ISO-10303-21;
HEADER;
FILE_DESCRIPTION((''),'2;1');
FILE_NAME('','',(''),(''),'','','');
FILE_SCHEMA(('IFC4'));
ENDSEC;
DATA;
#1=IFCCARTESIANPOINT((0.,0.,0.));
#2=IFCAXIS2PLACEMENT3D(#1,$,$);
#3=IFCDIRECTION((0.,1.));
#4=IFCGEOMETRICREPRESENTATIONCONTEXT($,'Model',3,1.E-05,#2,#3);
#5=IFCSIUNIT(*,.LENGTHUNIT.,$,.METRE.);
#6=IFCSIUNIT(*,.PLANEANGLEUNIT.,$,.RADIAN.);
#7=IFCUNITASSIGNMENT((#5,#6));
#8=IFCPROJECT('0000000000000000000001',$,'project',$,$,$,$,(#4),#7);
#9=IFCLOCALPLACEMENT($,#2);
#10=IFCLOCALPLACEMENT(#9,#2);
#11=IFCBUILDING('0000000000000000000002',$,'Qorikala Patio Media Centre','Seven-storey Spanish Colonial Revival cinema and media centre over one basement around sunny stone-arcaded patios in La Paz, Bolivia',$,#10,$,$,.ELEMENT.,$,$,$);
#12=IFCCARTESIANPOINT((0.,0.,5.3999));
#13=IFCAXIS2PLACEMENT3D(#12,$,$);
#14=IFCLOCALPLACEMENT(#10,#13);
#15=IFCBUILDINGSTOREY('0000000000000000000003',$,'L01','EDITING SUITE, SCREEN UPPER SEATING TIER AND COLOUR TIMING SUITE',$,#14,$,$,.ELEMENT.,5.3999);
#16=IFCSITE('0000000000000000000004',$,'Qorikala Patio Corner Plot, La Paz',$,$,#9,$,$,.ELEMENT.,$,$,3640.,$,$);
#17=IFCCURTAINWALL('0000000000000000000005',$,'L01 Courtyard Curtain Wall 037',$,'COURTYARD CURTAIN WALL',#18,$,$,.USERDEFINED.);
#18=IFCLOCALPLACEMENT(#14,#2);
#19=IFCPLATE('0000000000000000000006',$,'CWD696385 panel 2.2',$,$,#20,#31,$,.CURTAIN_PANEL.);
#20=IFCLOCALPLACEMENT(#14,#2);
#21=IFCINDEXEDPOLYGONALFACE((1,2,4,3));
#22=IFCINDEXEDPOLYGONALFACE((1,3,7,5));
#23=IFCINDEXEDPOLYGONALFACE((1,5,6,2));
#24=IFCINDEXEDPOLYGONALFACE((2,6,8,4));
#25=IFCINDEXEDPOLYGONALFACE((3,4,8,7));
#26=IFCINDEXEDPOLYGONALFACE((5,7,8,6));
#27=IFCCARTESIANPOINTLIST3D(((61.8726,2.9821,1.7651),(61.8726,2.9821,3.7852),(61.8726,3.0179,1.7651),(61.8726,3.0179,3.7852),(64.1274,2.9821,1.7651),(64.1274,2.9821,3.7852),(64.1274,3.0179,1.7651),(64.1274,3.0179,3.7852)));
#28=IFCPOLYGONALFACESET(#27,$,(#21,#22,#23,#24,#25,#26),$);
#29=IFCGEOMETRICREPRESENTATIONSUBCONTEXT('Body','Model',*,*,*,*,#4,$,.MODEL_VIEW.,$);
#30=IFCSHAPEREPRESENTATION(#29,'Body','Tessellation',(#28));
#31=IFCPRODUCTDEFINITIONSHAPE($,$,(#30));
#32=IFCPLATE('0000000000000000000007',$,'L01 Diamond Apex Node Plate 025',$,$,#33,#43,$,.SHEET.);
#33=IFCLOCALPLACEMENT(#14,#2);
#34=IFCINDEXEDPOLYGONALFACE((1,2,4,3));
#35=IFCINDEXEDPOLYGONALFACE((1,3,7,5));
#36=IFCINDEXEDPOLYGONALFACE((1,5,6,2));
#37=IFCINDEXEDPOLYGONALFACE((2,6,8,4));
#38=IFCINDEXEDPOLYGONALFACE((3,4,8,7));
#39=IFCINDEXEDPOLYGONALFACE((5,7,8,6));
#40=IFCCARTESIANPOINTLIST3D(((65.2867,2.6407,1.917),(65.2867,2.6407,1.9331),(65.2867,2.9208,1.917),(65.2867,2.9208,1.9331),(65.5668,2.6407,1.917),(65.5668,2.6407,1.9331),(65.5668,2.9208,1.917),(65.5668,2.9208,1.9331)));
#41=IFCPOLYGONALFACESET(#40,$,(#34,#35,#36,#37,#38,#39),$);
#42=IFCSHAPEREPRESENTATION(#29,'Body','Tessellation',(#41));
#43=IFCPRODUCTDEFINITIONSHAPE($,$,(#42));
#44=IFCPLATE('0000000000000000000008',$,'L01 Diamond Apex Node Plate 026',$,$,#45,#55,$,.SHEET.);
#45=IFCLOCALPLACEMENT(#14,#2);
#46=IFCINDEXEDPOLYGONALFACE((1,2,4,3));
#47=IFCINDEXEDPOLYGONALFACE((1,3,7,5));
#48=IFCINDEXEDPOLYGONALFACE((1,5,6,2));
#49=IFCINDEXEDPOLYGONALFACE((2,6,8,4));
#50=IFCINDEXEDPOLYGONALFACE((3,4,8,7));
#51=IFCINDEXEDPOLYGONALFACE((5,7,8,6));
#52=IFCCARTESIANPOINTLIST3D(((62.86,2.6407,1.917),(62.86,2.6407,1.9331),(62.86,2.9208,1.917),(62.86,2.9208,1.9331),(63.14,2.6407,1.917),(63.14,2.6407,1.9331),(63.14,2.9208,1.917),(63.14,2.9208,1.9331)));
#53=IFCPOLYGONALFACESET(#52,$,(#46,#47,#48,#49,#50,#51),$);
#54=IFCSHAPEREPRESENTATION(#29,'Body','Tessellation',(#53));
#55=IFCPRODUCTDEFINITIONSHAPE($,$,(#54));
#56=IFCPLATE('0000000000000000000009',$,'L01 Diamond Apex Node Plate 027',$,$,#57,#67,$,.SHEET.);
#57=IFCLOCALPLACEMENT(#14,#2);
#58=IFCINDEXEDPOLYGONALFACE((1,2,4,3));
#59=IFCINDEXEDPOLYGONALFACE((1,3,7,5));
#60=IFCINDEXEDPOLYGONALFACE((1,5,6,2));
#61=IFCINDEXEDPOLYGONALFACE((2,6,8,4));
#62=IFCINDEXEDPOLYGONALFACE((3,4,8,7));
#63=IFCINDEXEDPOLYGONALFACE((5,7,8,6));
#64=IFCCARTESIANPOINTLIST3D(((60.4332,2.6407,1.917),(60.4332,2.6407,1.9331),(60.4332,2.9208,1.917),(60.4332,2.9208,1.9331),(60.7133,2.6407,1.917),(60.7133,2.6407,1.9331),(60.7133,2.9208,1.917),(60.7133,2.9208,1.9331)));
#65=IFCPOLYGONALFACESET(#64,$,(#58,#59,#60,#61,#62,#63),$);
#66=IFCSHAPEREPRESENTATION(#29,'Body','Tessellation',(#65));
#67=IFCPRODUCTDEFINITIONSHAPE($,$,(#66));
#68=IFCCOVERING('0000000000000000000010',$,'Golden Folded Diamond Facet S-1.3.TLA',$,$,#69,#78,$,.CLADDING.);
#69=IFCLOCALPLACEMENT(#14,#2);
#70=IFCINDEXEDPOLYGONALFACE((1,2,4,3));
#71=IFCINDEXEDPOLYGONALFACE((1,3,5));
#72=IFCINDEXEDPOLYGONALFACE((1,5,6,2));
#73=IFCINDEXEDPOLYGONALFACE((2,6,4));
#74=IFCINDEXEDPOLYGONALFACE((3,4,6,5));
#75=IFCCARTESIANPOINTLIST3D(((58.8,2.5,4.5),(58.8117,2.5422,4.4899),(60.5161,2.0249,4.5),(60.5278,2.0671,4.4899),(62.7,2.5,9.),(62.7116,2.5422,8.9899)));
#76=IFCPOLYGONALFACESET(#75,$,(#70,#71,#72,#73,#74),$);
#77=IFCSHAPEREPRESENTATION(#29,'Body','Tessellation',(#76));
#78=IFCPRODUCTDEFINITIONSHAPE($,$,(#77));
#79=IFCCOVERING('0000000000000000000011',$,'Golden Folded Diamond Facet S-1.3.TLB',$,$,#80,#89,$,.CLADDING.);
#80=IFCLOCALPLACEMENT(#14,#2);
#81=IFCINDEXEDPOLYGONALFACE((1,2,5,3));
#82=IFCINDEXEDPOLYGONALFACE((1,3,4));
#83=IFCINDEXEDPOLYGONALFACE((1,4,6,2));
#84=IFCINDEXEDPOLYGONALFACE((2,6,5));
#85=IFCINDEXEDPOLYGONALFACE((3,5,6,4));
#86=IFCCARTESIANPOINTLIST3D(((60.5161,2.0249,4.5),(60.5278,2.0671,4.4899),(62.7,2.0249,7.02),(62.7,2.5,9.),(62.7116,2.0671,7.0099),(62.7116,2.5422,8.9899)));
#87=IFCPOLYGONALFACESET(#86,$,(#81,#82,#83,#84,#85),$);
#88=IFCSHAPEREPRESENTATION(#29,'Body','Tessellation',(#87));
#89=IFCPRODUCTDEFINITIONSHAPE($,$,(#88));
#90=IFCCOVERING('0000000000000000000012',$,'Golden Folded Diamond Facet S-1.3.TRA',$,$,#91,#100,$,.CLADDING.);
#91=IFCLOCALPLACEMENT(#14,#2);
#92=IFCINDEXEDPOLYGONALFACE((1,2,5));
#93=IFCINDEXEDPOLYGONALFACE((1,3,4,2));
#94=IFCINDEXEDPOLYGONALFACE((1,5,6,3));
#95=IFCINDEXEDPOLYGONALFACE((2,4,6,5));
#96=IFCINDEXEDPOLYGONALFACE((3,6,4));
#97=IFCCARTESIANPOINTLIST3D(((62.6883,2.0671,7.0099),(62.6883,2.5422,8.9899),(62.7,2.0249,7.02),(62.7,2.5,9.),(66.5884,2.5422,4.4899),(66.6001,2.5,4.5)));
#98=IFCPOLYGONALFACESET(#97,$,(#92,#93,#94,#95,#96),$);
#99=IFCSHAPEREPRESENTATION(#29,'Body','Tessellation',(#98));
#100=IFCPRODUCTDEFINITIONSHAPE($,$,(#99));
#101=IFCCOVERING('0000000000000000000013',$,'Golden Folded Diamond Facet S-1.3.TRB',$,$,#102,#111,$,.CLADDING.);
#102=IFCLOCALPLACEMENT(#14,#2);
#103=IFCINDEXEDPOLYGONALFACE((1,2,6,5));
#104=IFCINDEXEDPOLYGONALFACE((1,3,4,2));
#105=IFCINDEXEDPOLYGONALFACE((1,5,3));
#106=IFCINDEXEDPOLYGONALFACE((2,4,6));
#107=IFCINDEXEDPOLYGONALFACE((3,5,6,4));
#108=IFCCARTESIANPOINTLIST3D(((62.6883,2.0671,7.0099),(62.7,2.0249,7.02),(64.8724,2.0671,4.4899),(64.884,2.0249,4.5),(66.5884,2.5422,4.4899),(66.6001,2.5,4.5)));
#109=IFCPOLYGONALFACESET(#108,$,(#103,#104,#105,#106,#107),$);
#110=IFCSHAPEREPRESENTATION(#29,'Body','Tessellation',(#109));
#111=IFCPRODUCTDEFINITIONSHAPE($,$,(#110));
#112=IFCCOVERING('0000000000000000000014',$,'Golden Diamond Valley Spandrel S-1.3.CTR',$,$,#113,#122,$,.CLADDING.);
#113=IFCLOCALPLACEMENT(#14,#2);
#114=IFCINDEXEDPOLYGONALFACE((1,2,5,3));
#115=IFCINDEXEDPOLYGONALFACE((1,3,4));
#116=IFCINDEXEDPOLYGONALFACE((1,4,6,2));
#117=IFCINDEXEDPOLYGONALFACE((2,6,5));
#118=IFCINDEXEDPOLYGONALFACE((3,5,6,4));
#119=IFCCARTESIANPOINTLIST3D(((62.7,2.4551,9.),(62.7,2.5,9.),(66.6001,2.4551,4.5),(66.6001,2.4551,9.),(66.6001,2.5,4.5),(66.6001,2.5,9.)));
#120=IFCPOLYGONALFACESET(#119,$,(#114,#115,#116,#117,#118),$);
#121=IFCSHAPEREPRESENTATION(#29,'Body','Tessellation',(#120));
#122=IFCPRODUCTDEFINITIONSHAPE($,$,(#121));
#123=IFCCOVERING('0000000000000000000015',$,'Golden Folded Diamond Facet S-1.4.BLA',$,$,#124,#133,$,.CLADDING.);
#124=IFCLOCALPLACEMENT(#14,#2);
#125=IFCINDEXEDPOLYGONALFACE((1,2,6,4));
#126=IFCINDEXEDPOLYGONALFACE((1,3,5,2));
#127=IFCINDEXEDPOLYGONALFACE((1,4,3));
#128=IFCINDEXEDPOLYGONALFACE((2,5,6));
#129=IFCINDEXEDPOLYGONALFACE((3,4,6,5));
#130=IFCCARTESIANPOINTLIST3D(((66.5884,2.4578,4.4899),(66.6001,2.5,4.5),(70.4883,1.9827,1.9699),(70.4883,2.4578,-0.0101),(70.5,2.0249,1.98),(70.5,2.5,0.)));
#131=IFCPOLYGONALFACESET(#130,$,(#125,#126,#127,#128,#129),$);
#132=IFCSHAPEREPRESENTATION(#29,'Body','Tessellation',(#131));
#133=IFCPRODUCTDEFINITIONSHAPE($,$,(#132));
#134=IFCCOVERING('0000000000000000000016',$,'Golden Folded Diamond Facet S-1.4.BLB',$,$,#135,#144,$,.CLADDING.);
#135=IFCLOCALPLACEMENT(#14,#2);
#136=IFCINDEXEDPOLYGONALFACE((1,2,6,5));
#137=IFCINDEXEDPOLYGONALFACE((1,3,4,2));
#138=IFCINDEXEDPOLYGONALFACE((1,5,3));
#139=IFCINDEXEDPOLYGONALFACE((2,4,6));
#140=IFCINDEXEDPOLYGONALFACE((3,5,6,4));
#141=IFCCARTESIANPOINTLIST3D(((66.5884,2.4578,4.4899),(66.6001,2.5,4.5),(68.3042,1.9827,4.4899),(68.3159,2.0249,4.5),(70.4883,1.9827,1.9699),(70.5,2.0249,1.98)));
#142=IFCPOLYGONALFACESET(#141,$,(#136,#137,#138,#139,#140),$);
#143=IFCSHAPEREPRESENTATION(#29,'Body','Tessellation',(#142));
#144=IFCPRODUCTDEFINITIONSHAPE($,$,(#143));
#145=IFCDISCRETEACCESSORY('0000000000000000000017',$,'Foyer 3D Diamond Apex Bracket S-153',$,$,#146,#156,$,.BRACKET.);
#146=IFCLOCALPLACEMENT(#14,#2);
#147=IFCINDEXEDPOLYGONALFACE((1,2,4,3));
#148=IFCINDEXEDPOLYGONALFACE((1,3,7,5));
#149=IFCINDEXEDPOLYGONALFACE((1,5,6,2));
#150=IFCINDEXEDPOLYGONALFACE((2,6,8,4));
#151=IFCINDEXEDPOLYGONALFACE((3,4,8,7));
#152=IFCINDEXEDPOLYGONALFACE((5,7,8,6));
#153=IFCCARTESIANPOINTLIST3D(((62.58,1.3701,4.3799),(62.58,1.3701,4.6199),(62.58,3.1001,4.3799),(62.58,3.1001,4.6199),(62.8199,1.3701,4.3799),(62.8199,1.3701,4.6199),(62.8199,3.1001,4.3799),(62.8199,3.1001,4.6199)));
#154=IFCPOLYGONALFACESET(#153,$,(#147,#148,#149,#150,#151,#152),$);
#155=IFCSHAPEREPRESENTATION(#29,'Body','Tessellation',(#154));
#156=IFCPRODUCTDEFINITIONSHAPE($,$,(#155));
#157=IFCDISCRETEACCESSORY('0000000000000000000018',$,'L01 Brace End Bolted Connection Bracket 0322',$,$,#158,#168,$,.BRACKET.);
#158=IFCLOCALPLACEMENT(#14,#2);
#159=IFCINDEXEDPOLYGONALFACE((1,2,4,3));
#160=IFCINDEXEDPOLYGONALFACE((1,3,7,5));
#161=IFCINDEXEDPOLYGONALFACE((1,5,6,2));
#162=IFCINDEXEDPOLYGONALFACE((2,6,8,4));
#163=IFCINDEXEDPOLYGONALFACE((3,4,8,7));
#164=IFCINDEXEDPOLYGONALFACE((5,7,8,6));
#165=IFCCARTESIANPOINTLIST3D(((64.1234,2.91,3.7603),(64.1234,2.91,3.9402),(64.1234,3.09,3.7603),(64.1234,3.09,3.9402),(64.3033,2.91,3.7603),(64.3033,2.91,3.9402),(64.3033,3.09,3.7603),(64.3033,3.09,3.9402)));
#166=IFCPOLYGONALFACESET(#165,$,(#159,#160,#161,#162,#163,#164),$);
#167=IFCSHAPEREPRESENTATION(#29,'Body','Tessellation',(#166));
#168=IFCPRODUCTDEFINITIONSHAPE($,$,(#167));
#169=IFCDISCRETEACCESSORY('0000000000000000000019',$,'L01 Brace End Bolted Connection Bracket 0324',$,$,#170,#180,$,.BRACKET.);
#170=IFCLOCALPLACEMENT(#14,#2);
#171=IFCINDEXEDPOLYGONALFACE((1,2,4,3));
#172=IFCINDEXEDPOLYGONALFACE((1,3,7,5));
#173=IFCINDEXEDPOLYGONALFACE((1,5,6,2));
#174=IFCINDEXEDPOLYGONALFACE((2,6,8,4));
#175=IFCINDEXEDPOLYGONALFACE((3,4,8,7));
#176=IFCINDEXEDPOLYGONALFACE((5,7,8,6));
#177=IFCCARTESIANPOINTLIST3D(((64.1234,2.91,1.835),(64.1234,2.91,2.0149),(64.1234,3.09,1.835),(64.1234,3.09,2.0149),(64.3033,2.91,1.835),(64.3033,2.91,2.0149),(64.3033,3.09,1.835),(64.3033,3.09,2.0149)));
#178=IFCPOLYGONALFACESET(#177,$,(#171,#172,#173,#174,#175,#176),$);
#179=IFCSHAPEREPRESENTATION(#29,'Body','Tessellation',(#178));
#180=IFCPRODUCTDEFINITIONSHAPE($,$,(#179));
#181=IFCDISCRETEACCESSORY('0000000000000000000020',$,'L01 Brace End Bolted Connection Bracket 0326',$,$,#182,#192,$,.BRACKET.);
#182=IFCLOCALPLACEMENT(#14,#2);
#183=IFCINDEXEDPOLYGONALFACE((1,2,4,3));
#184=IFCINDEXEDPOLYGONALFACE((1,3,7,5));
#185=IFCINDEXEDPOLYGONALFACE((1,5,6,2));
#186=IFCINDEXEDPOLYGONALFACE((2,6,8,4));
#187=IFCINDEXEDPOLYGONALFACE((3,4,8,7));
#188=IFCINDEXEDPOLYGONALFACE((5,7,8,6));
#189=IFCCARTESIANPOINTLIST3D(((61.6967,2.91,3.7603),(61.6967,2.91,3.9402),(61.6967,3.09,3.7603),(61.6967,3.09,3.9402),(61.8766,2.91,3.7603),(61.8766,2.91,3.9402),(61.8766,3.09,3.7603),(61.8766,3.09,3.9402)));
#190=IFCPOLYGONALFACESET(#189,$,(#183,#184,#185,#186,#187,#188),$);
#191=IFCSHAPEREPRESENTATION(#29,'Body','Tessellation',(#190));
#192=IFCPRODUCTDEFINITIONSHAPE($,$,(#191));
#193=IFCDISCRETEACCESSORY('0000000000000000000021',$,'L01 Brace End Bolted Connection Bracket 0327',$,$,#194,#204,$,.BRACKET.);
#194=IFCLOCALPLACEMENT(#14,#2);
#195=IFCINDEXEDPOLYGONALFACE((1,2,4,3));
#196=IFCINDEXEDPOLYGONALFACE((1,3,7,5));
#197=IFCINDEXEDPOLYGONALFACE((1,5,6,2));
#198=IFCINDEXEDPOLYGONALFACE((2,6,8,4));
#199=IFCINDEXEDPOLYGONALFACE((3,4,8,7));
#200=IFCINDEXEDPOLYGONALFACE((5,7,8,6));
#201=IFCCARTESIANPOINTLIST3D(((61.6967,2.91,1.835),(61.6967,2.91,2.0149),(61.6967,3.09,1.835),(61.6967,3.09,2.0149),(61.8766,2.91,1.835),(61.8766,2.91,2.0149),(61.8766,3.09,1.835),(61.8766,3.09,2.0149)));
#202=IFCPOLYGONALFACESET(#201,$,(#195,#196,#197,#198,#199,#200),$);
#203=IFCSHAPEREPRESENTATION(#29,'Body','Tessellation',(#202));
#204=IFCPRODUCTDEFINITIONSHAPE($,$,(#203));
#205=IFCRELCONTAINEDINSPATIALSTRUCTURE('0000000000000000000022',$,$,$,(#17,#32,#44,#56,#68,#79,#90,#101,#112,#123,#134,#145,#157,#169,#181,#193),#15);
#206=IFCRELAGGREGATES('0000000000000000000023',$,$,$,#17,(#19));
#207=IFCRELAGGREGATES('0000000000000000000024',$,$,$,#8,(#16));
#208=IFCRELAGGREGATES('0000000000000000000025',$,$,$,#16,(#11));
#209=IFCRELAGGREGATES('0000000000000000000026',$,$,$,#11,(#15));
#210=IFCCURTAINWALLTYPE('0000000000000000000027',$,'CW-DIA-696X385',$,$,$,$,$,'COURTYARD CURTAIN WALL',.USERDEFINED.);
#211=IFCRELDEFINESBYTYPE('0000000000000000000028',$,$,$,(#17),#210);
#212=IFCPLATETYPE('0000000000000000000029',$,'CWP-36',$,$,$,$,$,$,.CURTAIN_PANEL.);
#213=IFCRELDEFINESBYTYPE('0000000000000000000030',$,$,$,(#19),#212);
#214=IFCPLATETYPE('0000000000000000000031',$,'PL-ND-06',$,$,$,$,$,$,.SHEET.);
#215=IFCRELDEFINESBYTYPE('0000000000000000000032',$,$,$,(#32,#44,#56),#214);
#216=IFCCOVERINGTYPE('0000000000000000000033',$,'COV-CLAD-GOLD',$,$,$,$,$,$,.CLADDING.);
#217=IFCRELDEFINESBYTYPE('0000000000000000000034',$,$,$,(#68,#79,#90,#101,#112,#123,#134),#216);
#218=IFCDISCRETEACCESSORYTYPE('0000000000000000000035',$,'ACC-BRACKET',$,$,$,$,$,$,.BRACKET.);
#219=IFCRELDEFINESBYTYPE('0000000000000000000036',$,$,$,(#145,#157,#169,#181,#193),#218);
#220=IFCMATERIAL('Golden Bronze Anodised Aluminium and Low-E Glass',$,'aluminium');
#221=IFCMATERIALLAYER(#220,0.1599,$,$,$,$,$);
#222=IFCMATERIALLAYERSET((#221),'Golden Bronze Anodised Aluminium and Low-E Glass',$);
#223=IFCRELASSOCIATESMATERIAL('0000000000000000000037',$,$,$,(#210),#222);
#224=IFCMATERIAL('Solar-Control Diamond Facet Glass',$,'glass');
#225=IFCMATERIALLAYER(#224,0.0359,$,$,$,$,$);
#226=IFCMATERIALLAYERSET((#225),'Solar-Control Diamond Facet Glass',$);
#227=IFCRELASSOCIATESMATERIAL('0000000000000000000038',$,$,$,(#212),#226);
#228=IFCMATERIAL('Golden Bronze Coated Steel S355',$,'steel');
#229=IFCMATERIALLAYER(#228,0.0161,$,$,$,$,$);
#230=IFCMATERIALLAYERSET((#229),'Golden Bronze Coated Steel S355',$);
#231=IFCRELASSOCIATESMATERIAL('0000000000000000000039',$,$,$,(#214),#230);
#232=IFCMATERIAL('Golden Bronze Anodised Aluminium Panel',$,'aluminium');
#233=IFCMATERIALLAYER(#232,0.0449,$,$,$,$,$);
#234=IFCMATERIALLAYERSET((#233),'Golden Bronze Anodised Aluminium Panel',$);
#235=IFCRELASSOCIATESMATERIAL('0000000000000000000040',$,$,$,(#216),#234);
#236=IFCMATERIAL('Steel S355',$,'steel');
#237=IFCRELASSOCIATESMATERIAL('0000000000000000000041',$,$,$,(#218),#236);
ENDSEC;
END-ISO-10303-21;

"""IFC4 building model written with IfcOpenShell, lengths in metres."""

from ifc_helpers import new_model, si_unit, direction, frame, origin, origin_2d, place, context, subcontext, project, spatial, polyline, rectangle, outline, extrude, material, layer, layer_set, type_object, element, aggregate, save


model = new_model("IFC4")

# Units and contexts
model_context = context("Model", 3, precision=1e-05, world=origin(), true_north=direction((0.0, 1.0)))
body_context = subcontext(model_context, "Body", "Model", "MODEL_VIEW")
ifc_project = project(units=[si_unit("LENGTHUNIT", "METRE"), si_unit("PLANEANGLEUNIT", "RADIAN")], contexts=[model_context])

# Site, building, storey
site_placement = place(None, origin())
site = spatial("IfcSite", under=ifc_project, at=site_placement, Name="Qorikala Patio Corner Plot, La Paz", CompositionType="ELEMENT", RefElevation=3640.0)
building_placement = place(site_placement, origin())
building = spatial("IfcBuilding", under=site, at=building_placement, Name="Qorikala Patio Media Centre", Description="Seven-storey Spanish Colonial Revival cinema and media centre over one basement around sunny stone-arcaded patios in La Paz, Bolivia", CompositionType="ELEMENT")
storey_placement = place(building_placement, frame((0.0, 0.0, 5.3999)))
storey = spatial("IfcBuildingStorey", under=building, at=storey_placement, Name="L01", Description="EDITING SUITE, SCREEN UPPER SEATING TIER AND COLOUR TIMING SUITE", CompositionType="ELEMENT", Elevation=5.3999)

# Shared definitions
ifc_material_1 = material(Name="Golden Bronze Coated Steel S355", Category="steel")

# Curtain wall
ifc_material_2 = material(Name="Golden Bronze Anodised Aluminium and Low-E Glass", Category="aluminium")
ifc_layer_1 = layer(ifc_material_2, 0.1599)
ifc_layer_set_1 = layer_set([ifc_layer_1], Name="Golden Bronze Anodised Aluminium and Low-E Glass")
curtain_wall_type = type_object("IfcCurtainWallType", Name="CW-DIA-696X385", ElementType="COURTYARD CURTAIN WALL", PredefinedType="USERDEFINED", material=ifc_layer_set_1)
curtain_wall_placement = place(storey_placement, origin())
curtain_wall = element("IfcCurtainWall", 1, at=curtain_wall_placement, inside=storey, type_object=curtain_wall_type, Name="L01 Courtyard Curtain Wall 037", ObjectType="COURTYARD CURTAIN WALL", PredefinedType="USERDEFINED")

# Plate
ifc_material_3 = material(Name="Solar-Control Diamond Facet Glass", Category="glass")
ifc_layer_2 = layer(ifc_material_3, 0.0359)
ifc_layer_set_2 = layer_set([ifc_layer_2], Name="Solar-Control Diamond Facet Glass")
plate_type_1 = type_object("IfcPlateType", Name="CWP-36", PredefinedType="CURTAIN_PANEL", material=ifc_layer_set_2)
plate_1_placement = place(storey_placement, frame((63.0, 3.0, 1.7651), z_axis=(0.0, 0.0, 1.0), x_axis=(-1.0, 0.0, 0.0)))
plate_1 = element("IfcPlate", 2, at=plate_1_placement, type_object=plate_type_1, Name="CWD696385 panel 2.2", PredefinedType="CURTAIN_PANEL", context=body_context, shape_type="SweptSolid", body=[
    extrude(rectangle(XDim=2.2549, YDim=0.0359, at=origin_2d()), origin(), (0.0, 0.0, 1.0), 2.02),
])
aggregate(curtain_wall, [plate_1])

# Plates
ifc_layer_3 = layer(ifc_material_1, 0.0161)
ifc_layer_set_3 = layer_set([ifc_layer_3], Name="Golden Bronze Coated Steel S355")
plate_type_2 = type_object("IfcPlateType", Name="PL-ND-06", PredefinedType="SHEET", material=ifc_layer_set_3)
for number, where, z_axis, x_axis, name in (
    (3, (65.4268, 2.7808, 1.917), (0.0, 0.0, 1.0), (-1.0, 0.0, 0.0), "L01 Diamond Apex Node Plate 025"),
    (4, (63.0, 2.7808, 1.917), (0.0, 0.0, 1.0), (-1.0, 0.0, 0.0), "L01 Diamond Apex Node Plate 026"),
    (5, (60.5732, 2.7808, 1.917), (0.0, 0.0, 1.0), (-1.0, 0.0, 0.0), "L01 Diamond Apex Node Plate 027"),
):
    element("IfcPlate", number, at=place(storey_placement, frame(where, z_axis=z_axis, x_axis=x_axis)), inside=storey, type_object=plate_type_2, Name=name, PredefinedType="SHEET", context=body_context, shape_type="SweptSolid", body=[
        extrude(rectangle(XDim=0.28, YDim=0.28, at=origin_2d()), origin(), (0.0, 0.0, 1.0), 0.0161),
    ])

# Coverings
ifc_material_4 = material(Name="Golden Bronze Anodised Aluminium Panel", Category="aluminium")
ifc_layer_4 = layer(ifc_material_4, 0.0449)
ifc_layer_set_4 = layer_set([ifc_layer_4], Name="Golden Bronze Anodised Aluminium Panel")
covering_type = type_object("IfcCoveringType", Name="COV-CLAD-GOLD", PredefinedType="CLADDING", material=ifc_layer_set_4)
covering_1_placement = place(storey_placement, frame((62.7, 2.5, 9.0), z_axis=(-0.259957, -0.938971, 0.22529), x_axis=(-0.654921, 0.0, -0.755697)))
element("IfcCovering", 6, at=covering_1_placement, inside=storey, type_object=covering_type, Name="Golden Folded Diamond Facet S-1.3.TLA", PredefinedType="CLADDING", context=body_context, shape_type="SweptSolid", body=[
    extrude(outline(polyline([(0.0, 0.0), (5.9548, 0.0), (4.8309, 1.3811), (0.0, 0.0)])), origin(), (0.0, 0.0, -1.0), 0.0449),
])
covering_2_placement = place(storey_placement, frame((62.7, 2.5, 9.0), z_axis=(-0.259987, -0.938959, 0.225304), x_axis=(-0.434644, -0.094558, -0.895625)))
element("IfcCovering", 7, at=covering_2_placement, inside=storey, type_object=covering_type, Name="Golden Folded Diamond Facet S-1.3.TLB", PredefinedType="CLADDING", context=body_context, shape_type="SweptSolid", body=[
    extrude(outline(polyline([(0.0, 0.0), (5.0244, 0.0), (1.8182, 0.9165), (0.0, 0.0)])), origin(), (0.0, 0.0, -1.0), 0.0449),
])
covering_3_placement = place(storey_placement, frame((66.6001, 2.5, 4.5), z_axis=(0.259958, -0.938967, 0.225306), x_axis=(-0.654945, 0.0, 0.755677)))
element("IfcCovering", 8, at=covering_3_placement, inside=storey, type_object=covering_type, Name="Golden Folded Diamond Facet S-1.3.TRA", PredefinedType="CLADDING", context=body_context, shape_type="SweptSolid", body=[
    extrude(outline(polyline([(0.0, 0.0), (5.9549, 0.0), (4.4587, 1.3811), (0.0, 0.0)])), origin(), (0.0, 0.0, -1.0), 0.0449),
])
covering_4_placement = place(storey_placement, frame((66.6001, 2.5, 4.5), z_axis=(0.259956, -0.938968, 0.225302), x_axis=(-0.835562, -0.101784, 0.539885)))
element("IfcCovering", 9, at=covering_4_placement, inside=storey, type_object=covering_type, Name="Golden Folded Diamond Facet S-1.3.TRB", PredefinedType="CLADDING", context=body_context, shape_type="SweptSolid", body=[
    extrude(outline(polyline([(0.0, 0.0), (4.6677, 0.0), (1.4822, 0.9867), (0.0, 0.0)])), origin(), (0.0, 0.0, -1.0), 0.0449),
])
covering_5_placement = place(storey_placement, frame((66.6001, 2.5, 9.0), z_axis=(0.0, 1.0, 0.0), x_axis=(0.0, 0.0, -1.0)))
element("IfcCovering", 10, at=covering_5_placement, inside=storey, type_object=covering_type, Name="Golden Diamond Valley Spandrel S-1.3.CTR", PredefinedType="CLADDING", context=body_context, shape_type="SweptSolid", body=[
    extrude(outline(polyline([(0.0, 0.0), (4.5, 0.0), (0.0, 3.9001), (0.0, 0.0)])), origin(), (0.0, 0.0, -1.0), 0.0449),
])
covering_6_placement = place(storey_placement, frame((66.6001, 2.5, 4.5), z_axis=(0.259974, 0.938963, 0.225305), x_axis=(0.654921, 0.0, -0.755697)))
element("IfcCovering", 11, at=covering_6_placement, inside=storey, type_object=covering_type, Name="Golden Folded Diamond Facet S-1.4.BLA", PredefinedType="CLADDING", context=body_context, shape_type="SweptSolid", body=[
    extrude(outline(polyline([(0.0, 0.0), (5.9548, 0.0), (4.4585, -1.381), (0.0, 0.0)])), origin(), (0.0, 0.0, -1.0), 0.0449),
])
covering_7_placement = place(storey_placement, frame((66.6001, 2.5, 4.5), z_axis=(0.259989, 0.938953, 0.22533), x_axis=(0.835546, -0.101789, -0.539909)))
element("IfcCovering", 12, at=covering_7_placement, inside=storey, type_object=covering_type, Name="Golden Folded Diamond Facet S-1.4.BLB", PredefinedType="CLADDING", context=body_context, shape_type="SweptSolid", body=[
    extrude(outline(polyline([(0.0, 0.0), (4.6675, 0.0), (1.482, -0.9866), (0.0, 0.0)])), origin(), (0.0, 0.0, -1.0), 0.0449),
])

# Discrete accessories
ifc_material_5 = material(Name="Steel S355", Category="steel")
discrete_accessory_type = type_object("IfcDiscreteAccessoryType", Name="ACC-BRACKET", PredefinedType="BRACKET", material=ifc_material_5)
discrete_accessory_placement = place(storey_placement, frame((62.7, 2.2351, 4.3799), z_axis=(0.0, 0.0, 1.0), x_axis=(1.0, 0.0, 0.0)))
element("IfcDiscreteAccessory", 13, at=discrete_accessory_placement, inside=storey, type_object=discrete_accessory_type, Name="Foyer 3D Diamond Apex Bracket S-153", PredefinedType="BRACKET", context=body_context, shape_type="SweptSolid", body=[
    extrude(rectangle(XDim=0.24, YDim=1.73, at=origin_2d()), origin(), (0.0, 0.0, 1.0), 0.24),
])
for number, where, z_axis, x_axis, name in (
    (14, (64.2134, 3.0, 3.7603), (0.0, 0.0, 1.0), (1.0, 0.0, 0.0), "L01 Brace End Bolted Connection Bracket 0322"),
    (15, (64.2134, 3.0, 1.835), (0.0, 0.0, 1.0), (1.0, 0.0, 0.0), "L01 Brace End Bolted Connection Bracket 0324"),
    (16, (61.7866, 3.0, 3.7603), (0.0, 0.0, 1.0), (1.0, 0.0, 0.0), "L01 Brace End Bolted Connection Bracket 0326"),
    (17, (61.7866, 3.0, 1.835), (0.0, 0.0, 1.0), (1.0, 0.0, 0.0), "L01 Brace End Bolted Connection Bracket 0327"),
):
    element("IfcDiscreteAccessory", number, at=place(storey_placement, frame(where, z_axis=z_axis, x_axis=x_axis)), inside=storey, type_object=discrete_accessory_type, Name=name, PredefinedType="BRACKET", context=body_context, shape_type="SweptSolid", body=[
        extrude(rectangle(XDim=0.1799, YDim=0.1799, at=origin_2d()), origin(), (0.0, 0.0, 1.0), 0.1799),
    ])

save(model, "model.ifc")
